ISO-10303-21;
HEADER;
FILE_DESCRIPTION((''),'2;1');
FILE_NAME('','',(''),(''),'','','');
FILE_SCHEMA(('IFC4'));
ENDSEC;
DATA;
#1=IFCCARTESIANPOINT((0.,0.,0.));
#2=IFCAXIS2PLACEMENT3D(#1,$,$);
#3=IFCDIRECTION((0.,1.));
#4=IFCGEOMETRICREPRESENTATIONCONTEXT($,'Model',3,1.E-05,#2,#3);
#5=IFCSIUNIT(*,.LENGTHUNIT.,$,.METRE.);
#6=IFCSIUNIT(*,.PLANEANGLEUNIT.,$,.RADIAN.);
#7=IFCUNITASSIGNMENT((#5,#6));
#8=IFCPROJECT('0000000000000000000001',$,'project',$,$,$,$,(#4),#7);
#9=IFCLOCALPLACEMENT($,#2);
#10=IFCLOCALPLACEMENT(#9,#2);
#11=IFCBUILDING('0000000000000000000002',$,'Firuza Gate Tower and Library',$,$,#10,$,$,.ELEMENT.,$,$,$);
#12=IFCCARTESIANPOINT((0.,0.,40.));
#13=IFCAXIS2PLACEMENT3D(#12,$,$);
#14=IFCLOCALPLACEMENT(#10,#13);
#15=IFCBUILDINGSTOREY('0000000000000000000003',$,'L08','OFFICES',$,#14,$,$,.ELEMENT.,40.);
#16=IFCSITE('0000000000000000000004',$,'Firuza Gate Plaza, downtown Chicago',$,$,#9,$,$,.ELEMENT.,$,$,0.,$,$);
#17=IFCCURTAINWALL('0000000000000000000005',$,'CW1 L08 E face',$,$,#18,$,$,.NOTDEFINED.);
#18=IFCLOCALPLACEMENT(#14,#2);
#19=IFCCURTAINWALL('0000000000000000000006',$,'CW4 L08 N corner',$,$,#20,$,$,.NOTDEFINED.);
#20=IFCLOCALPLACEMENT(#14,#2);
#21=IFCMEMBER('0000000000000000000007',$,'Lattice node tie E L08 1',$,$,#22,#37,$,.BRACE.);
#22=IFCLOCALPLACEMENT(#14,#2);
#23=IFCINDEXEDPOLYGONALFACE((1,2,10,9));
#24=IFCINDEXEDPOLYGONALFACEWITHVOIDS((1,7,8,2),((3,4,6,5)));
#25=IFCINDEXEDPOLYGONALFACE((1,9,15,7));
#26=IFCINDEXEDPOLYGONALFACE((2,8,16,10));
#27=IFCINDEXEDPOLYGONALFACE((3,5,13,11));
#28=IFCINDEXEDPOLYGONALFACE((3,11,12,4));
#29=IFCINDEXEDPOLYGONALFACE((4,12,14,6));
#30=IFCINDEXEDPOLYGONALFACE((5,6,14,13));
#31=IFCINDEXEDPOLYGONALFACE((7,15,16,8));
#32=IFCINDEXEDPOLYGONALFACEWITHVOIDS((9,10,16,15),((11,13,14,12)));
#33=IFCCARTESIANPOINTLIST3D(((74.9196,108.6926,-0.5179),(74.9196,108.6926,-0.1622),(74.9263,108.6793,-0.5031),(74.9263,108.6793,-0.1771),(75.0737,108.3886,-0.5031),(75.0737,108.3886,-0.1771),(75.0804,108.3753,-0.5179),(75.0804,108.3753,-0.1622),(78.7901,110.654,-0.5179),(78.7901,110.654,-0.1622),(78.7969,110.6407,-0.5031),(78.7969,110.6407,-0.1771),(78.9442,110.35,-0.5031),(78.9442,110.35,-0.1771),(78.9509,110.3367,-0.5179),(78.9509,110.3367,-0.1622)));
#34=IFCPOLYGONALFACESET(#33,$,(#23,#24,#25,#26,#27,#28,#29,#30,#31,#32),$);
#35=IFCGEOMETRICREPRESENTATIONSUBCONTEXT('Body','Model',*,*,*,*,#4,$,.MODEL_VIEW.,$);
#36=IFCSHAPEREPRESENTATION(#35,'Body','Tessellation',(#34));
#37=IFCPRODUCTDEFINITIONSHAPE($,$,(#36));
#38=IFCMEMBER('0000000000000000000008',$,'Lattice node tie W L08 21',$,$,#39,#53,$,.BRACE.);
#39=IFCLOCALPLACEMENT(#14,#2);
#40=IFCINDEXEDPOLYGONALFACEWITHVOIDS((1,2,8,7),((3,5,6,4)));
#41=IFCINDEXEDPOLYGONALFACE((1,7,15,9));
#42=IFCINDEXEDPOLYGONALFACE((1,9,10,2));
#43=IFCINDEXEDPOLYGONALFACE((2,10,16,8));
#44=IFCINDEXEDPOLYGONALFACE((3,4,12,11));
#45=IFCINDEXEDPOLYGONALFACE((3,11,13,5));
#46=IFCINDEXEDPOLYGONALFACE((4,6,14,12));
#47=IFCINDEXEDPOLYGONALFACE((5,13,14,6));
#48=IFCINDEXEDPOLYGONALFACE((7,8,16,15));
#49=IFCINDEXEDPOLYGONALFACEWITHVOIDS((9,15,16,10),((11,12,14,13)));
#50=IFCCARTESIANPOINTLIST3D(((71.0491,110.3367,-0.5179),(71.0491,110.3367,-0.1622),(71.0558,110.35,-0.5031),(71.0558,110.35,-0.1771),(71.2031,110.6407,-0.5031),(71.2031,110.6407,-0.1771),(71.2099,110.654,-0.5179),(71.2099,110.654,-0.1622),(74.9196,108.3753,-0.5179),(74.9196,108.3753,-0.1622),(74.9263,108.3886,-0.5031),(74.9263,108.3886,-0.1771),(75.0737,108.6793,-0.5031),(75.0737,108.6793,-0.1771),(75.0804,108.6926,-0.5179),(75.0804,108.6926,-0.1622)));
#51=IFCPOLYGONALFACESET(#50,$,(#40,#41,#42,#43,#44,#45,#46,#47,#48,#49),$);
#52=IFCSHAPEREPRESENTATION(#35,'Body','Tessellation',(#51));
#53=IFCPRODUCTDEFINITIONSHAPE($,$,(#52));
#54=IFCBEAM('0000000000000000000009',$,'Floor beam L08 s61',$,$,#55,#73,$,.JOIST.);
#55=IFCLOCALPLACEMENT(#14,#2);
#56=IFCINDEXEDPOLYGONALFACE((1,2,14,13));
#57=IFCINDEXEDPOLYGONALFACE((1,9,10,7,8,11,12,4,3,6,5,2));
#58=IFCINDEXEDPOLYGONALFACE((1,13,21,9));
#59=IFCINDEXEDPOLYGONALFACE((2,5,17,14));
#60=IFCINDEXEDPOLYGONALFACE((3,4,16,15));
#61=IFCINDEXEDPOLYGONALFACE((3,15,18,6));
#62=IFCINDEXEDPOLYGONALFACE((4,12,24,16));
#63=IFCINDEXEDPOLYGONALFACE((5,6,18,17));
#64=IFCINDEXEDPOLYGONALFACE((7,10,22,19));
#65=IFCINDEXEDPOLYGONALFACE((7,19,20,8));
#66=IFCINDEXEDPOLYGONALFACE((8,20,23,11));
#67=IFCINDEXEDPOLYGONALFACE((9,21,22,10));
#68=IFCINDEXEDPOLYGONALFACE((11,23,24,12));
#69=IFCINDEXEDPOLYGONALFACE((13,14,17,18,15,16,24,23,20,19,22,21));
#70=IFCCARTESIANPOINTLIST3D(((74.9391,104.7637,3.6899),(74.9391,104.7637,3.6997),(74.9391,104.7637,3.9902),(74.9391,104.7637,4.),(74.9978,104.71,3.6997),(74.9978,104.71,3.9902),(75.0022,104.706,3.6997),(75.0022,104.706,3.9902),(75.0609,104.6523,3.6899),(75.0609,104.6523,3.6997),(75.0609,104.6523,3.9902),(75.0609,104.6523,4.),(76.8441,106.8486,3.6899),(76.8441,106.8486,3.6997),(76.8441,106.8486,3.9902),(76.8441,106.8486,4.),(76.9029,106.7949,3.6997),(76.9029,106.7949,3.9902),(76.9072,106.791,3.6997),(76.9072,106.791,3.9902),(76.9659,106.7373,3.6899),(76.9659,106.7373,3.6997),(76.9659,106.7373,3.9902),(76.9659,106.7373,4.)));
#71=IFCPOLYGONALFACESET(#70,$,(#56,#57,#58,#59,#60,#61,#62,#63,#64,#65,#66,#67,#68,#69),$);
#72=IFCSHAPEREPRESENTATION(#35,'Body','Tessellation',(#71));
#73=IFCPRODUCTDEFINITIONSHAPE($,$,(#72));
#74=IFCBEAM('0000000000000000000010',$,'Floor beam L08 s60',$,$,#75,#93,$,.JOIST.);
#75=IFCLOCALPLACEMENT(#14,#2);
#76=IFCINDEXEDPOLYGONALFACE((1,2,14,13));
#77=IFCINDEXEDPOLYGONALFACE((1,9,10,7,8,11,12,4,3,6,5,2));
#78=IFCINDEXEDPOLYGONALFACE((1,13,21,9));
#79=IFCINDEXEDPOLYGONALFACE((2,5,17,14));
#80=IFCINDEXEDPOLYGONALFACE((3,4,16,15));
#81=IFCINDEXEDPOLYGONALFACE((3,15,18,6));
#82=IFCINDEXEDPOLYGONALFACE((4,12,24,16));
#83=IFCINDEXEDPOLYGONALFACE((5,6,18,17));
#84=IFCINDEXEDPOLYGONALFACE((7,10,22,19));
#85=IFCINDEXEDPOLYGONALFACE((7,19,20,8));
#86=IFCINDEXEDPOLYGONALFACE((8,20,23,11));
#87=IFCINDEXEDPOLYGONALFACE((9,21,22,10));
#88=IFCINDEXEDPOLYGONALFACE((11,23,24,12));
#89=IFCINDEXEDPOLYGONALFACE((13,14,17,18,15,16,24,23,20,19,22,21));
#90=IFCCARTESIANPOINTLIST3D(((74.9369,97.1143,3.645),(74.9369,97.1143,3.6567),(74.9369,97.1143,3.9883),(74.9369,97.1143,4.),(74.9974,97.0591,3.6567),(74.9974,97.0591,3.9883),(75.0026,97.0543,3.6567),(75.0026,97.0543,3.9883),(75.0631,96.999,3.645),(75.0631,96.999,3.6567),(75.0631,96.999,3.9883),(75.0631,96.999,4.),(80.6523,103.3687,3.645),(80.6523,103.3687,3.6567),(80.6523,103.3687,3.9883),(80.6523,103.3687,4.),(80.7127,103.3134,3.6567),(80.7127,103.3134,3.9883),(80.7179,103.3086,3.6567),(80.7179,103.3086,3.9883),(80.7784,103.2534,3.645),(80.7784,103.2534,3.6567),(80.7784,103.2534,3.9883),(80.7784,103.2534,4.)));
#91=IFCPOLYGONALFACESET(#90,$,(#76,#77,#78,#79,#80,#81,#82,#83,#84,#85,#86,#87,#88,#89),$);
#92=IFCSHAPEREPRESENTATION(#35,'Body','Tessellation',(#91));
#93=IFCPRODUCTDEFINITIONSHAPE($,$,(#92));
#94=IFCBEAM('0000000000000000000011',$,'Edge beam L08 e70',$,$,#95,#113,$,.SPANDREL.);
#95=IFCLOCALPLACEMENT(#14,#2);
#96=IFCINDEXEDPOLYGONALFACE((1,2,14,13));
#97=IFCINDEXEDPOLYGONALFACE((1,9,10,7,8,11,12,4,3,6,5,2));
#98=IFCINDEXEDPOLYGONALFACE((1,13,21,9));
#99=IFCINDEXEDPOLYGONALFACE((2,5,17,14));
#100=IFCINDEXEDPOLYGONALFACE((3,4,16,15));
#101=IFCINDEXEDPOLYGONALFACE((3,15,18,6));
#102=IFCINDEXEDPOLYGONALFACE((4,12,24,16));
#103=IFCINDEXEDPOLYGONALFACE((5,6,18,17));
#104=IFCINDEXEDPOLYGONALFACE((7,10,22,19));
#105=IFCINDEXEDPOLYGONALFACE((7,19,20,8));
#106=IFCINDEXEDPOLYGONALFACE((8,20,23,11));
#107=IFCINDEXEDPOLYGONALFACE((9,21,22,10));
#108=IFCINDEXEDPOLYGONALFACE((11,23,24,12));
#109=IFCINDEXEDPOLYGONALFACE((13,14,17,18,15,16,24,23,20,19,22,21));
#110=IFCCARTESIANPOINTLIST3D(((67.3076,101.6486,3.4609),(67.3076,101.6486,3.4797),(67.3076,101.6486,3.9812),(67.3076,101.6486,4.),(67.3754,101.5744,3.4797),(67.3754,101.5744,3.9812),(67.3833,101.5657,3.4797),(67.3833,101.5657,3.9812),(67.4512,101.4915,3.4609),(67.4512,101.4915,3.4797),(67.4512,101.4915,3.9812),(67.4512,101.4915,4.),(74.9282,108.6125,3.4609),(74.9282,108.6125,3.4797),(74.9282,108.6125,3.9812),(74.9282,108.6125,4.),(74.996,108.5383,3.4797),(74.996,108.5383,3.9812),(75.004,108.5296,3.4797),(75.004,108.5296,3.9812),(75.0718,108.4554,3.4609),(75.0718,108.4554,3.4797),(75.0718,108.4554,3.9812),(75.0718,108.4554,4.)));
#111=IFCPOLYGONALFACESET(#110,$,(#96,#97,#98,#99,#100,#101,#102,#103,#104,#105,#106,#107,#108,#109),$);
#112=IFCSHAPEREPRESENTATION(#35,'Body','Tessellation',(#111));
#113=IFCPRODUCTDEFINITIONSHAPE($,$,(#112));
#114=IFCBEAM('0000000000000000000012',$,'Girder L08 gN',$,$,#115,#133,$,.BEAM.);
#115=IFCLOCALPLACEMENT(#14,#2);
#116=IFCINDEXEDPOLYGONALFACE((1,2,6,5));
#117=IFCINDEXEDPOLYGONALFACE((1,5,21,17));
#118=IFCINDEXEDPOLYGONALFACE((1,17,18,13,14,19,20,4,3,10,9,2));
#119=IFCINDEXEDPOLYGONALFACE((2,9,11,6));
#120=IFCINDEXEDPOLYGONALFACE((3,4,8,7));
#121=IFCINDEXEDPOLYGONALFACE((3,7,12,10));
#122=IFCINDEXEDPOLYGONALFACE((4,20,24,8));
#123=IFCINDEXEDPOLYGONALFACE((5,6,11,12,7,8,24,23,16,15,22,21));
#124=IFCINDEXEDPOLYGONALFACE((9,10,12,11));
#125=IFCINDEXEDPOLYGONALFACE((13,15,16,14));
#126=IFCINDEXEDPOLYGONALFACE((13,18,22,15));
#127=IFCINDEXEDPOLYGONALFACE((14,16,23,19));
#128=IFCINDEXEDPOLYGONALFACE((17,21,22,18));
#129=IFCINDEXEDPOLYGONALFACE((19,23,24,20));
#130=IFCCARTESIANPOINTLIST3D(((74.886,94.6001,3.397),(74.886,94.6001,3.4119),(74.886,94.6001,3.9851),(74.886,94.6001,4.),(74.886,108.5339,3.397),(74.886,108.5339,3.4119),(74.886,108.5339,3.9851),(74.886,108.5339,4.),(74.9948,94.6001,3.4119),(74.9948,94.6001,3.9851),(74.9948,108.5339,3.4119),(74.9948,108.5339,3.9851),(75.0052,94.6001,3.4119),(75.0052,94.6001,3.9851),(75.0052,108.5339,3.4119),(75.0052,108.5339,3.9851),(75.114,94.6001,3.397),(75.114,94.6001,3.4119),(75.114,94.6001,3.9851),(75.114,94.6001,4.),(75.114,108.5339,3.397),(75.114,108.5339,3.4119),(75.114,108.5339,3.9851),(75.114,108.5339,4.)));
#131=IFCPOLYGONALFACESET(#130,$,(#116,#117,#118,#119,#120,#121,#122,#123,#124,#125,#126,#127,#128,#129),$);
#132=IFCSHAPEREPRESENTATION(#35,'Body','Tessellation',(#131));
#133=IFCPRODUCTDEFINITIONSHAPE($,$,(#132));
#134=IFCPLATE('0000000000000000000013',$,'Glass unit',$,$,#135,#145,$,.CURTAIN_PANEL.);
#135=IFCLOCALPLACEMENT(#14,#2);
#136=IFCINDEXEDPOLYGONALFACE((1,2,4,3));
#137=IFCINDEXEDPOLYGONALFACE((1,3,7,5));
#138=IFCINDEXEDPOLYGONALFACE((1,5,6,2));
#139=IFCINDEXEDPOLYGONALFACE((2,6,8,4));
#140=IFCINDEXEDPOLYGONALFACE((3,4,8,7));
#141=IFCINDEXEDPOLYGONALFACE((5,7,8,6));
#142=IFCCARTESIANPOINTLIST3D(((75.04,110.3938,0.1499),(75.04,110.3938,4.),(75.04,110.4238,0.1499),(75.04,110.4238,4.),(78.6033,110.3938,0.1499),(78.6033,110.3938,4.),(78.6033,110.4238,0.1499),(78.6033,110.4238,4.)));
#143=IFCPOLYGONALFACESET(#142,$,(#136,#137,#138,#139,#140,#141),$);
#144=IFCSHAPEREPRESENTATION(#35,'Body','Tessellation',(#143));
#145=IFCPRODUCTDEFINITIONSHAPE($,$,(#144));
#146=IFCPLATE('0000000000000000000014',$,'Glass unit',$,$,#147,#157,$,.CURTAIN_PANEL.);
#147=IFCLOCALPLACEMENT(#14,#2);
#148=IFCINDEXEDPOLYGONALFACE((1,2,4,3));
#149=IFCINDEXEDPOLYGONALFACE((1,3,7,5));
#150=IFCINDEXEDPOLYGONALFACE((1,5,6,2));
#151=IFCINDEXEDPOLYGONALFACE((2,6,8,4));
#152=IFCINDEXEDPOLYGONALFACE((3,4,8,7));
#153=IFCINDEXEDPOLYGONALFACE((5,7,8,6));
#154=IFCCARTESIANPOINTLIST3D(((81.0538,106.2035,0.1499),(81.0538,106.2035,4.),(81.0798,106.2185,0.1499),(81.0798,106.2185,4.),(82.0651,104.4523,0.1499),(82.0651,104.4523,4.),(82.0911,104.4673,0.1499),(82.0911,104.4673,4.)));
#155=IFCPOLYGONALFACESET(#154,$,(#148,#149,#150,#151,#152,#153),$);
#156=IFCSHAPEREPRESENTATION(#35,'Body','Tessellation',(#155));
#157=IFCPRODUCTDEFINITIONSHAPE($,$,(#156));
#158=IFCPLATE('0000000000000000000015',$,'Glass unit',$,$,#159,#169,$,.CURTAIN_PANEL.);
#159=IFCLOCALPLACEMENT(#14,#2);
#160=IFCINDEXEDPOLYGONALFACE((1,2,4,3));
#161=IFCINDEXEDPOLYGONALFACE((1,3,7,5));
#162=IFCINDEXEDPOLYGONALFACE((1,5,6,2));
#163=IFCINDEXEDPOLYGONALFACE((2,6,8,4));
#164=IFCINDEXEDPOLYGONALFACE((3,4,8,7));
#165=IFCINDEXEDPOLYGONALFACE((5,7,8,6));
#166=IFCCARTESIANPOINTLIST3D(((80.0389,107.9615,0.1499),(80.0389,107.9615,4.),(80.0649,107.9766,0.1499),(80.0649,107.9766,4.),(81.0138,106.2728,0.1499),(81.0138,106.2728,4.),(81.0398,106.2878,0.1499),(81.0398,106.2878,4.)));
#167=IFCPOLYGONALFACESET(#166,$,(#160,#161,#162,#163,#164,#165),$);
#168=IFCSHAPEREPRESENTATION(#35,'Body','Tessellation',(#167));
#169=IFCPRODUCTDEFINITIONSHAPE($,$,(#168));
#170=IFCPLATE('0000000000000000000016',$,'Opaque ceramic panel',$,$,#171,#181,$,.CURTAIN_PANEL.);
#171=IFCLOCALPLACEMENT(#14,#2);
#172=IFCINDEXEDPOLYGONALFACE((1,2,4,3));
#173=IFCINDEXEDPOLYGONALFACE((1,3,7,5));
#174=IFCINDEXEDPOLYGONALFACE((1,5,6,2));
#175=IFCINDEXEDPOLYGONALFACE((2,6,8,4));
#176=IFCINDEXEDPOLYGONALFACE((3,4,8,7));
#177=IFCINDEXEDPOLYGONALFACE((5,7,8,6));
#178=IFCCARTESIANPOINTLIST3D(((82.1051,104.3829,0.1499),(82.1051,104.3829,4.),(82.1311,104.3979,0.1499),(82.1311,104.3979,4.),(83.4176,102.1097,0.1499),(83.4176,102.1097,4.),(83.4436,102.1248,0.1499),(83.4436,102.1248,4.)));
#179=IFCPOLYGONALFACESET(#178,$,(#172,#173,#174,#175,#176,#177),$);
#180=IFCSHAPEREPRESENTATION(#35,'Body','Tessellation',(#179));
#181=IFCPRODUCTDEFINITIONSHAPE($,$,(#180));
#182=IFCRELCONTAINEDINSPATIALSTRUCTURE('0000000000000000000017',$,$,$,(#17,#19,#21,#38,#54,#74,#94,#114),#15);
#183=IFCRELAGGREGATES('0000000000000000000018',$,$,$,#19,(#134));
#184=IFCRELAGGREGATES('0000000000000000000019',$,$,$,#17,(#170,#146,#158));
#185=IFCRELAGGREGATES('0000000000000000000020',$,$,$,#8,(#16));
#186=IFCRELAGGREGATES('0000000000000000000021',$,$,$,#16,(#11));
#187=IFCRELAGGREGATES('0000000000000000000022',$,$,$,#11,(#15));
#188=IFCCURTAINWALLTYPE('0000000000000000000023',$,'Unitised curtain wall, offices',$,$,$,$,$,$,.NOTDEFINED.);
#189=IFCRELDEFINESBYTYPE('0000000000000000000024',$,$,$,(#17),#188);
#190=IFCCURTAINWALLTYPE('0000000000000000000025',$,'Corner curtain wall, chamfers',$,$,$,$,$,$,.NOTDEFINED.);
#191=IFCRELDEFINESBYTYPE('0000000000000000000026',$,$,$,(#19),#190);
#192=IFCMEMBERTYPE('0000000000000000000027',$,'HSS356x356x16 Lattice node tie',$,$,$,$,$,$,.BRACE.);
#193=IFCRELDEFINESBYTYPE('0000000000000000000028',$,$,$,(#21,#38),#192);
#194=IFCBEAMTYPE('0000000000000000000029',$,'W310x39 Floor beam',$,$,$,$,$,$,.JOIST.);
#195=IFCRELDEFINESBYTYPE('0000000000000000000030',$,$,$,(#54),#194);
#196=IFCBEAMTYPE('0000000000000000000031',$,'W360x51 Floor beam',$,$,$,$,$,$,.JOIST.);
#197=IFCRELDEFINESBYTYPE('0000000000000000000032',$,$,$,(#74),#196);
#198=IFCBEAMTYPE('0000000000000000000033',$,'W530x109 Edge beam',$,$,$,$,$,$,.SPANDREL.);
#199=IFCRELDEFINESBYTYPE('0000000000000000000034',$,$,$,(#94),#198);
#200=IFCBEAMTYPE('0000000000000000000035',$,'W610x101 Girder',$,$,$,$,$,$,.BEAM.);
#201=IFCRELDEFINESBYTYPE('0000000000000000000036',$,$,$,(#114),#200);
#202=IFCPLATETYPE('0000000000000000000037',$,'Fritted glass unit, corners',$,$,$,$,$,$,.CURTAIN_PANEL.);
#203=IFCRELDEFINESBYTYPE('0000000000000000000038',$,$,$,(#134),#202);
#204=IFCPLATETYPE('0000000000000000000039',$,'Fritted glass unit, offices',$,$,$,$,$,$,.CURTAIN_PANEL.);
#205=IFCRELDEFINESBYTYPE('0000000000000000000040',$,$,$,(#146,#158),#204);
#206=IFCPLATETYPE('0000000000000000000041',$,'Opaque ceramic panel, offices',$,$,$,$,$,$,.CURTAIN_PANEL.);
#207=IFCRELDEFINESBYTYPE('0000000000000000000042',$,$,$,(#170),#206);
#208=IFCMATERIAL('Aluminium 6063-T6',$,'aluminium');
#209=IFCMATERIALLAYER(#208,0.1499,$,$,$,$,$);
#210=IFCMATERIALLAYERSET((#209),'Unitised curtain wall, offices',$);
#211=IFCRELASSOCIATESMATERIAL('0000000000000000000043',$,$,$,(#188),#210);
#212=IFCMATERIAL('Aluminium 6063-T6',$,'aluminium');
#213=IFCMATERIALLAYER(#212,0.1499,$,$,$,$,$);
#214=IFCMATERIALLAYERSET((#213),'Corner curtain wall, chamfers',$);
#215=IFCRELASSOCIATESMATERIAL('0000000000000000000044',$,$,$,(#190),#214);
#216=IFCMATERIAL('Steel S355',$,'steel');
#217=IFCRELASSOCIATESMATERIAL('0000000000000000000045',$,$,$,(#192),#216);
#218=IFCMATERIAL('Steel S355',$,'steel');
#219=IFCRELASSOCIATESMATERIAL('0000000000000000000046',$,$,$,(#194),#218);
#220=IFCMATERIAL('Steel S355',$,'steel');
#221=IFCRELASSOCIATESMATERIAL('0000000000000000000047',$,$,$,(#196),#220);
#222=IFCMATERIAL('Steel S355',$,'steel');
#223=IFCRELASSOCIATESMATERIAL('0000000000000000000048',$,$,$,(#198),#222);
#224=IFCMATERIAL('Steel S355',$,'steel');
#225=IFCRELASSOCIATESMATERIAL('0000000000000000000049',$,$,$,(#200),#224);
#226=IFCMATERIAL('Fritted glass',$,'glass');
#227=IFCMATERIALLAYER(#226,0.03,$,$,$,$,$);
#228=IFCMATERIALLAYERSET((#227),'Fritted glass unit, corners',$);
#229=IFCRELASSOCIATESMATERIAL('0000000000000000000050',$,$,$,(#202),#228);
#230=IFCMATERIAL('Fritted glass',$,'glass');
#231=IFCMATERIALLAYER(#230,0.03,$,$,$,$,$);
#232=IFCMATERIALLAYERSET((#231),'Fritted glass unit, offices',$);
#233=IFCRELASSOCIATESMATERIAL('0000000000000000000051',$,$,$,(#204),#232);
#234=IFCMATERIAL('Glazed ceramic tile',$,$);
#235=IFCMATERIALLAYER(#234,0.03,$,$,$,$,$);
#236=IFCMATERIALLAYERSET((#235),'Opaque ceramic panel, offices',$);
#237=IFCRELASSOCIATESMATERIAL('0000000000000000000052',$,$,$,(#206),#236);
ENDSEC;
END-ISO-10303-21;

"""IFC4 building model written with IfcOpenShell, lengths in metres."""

from ifc_helpers import new_model, si_unit, direction, frame, origin, origin_2d, place, context, subcontext, project, spatial, polyline, hollow_rectangle, i_section, outline, extrude, material, layer, layer_set, material_profile, profile_set, type_object, element, aggregate, save


model = new_model("IFC4")

# Units and contexts
model_context = context("Model", 3, precision=1e-05, world=origin(), true_north=direction((0.0, 1.0)))
body_context = subcontext(model_context, "Body", "Model", "MODEL_VIEW")
ifc_project = project(units=[si_unit("LENGTHUNIT", "METRE"), si_unit("PLANEANGLEUNIT", "RADIAN")], contexts=[model_context])

# Site, building, storey
site_placement = place(None, origin())
site = spatial("IfcSite", under=ifc_project, at=site_placement, Name="Firuza Gate Plaza, downtown Chicago", CompositionType="ELEMENT", RefElevation=0.0)
building_placement = place(site_placement, origin())
building = spatial("IfcBuilding", under=site, at=building_placement, Name="Firuza Gate Tower and Library", CompositionType="ELEMENT")
storey_placement = place(building_placement, frame((0.0, 0.0, 40.0)))
storey = spatial("IfcBuildingStorey", under=building, at=storey_placement, Name="L08", Description="OFFICES", CompositionType="ELEMENT", Elevation=40.0)

# Curtain walls
ifc_material_1 = material(Name="Aluminium 6063-T6", Category="aluminium")
ifc_layer_1 = layer(ifc_material_1, 0.1499)
ifc_layer_set_1 = layer_set([ifc_layer_1], Name="Unitised curtain wall, offices")
curtain_wall_type_1 = type_object("IfcCurtainWallType", Name="Unitised curtain wall, offices", PredefinedType="NOTDEFINED", material=ifc_layer_set_1)
placement = place(storey_placement, origin())
curtain_wall_1 = element("IfcCurtainWall", 1, at=placement, inside=storey, type_object=curtain_wall_type_1, Name="CW1 L08 E face", PredefinedType="NOTDEFINED")
ifc_material_2 = material(Name="Aluminium 6063-T6", Category="aluminium")
ifc_layer_2 = layer(ifc_material_2, 0.1499)
ifc_layer_set_2 = layer_set([ifc_layer_2], Name="Corner curtain wall, chamfers")
curtain_wall_type_2 = type_object("IfcCurtainWallType", Name="Corner curtain wall, chamfers", PredefinedType="NOTDEFINED", material=ifc_layer_set_2)
curtain_wall_2 = element("IfcCurtainWall", 2, at=placement, inside=storey, type_object=curtain_wall_type_2, Name="CW4 L08 N corner", PredefinedType="NOTDEFINED")

# Members
ifc_material_3 = material(Name="Steel S355", Category="steel")
ifc_material_profile_1 = material_profile(ifc_material_3, hollow_rectangle(XDim=0.3557, YDim=0.3557, WallThickness=0.0149, at=origin_2d()))
ifc_profile_set_1 = profile_set([ifc_material_profile_1], Name="Steel S355")
member_type_1 = type_object("IfcMemberType", Name="HSS356x356x16 Lattice node tie", PredefinedType="BRACE", material=ifc_profile_set_1)
for number, where, z_axis, x_axis, name in (
    (3, (75.0, 108.5339, -0.3401), (0.892006, 0.452023, 0.0), (-0.452023, 0.892006, 0.0), "Lattice node tie E L08 1"),
    (4, (75.0, 108.5339, -0.3401), (-0.892006, 0.452023, 0.0), (-0.452023, -0.892006, 0.0), "Lattice node tie W L08 21"),
):
    element("IfcMember", number, at=place(storey_placement, frame(where, z_axis=z_axis, x_axis=x_axis)), inside=storey, type_object=member_type_1, Name=name, PredefinedType="BRACE", context=body_context, shape_type="SweptSolid", body=[
        extrude(hollow_rectangle(XDim=0.3557, YDim=0.3557, WallThickness=0.0149, at=origin_2d()), origin(), (0.0, 0.0, 1.0), 4.3391),
    ])

# Beams
ifc_material_4 = material(Name="Steel S355", Category="steel")
ifc_material_profile_2 = material_profile(ifc_material_4, i_section(OverallWidth=0.165, OverallDepth=0.3101, WebThickness=0.0059, FlangeThickness=0.0098, at=origin_2d()))
ifc_profile_set_2 = profile_set([ifc_material_profile_2], Name="Steel S355")
beam_type_1 = type_object("IfcBeamType", Name="W310x39 Floor beam", PredefinedType="JOIST", material=ifc_profile_set_2)
beam_1_placement = place(storey_placement, frame((76.905, 106.793, 3.845), z_axis=(-0.674534, -0.738244, 0.0), x_axis=(0.738244, -0.674534, 0.0)))
element("IfcBeam", 5, at=beam_1_placement, inside=storey, type_object=beam_type_1, Name="Floor beam L08 s61", PredefinedType="JOIST", context=body_context, shape_type="SweptSolid", body=[
    extrude(i_section(OverallWidth=0.165, OverallDepth=0.3101, WebThickness=0.0059, FlangeThickness=0.0098, at=origin_2d()), origin(), (0.0, 0.0, 1.0), 2.8242),
])
ifc_material_5 = material(Name="Steel S355", Category="steel")
ifc_material_profile_3 = material_profile(ifc_material_5, i_section(OverallWidth=0.1709, OverallDepth=0.355, WebThickness=0.0071, FlangeThickness=0.0117, at=origin_2d()))
ifc_profile_set_3 = profile_set([ifc_material_profile_3], Name="Steel S355")
beam_type_2 = type_object("IfcBeamType", Name="W360x51 Floor beam", PredefinedType="JOIST", material=ifc_profile_set_3)
beam_2_placement = place(storey_placement, frame((80.7153, 103.311, 3.8225), z_axis=(-0.674578, -0.738203, 0.0), x_axis=(0.738203, -0.674578, 0.0)))
element("IfcBeam", 6, at=beam_2_placement, inside=storey, type_object=beam_type_2, Name="Floor beam L08 s60", PredefinedType="JOIST", context=body_context, shape_type="SweptSolid", body=[
    extrude(i_section(OverallWidth=0.1709, OverallDepth=0.355, WebThickness=0.0071, FlangeThickness=0.0117, at=origin_2d()), origin(), (0.0, 0.0, 1.0), 8.4724),
])
ifc_material_6 = material(Name="Steel S355", Category="steel")
ifc_material_profile_4 = material_profile(ifc_material_6, i_section(OverallWidth=0.2129, OverallDepth=0.5391, WebThickness=0.0117, FlangeThickness=0.0188, at=origin_2d()))
ifc_profile_set_4 = profile_set([ifc_material_profile_4], Name="Steel S355")
beam_type_3 = type_object("IfcBeamType", Name="W530x109 Edge beam", PredefinedType="SPANDREL", material=ifc_profile_set_4)
beam_3_placement = place(storey_placement, frame((75.0, 108.5339, 3.7305), z_axis=(-0.7382, -0.674582, 0.0), x_axis=(0.674582, -0.7382, 0.0)))
element("IfcBeam", 7, at=beam_3_placement, inside=storey, type_object=beam_type_3, Name="Edge beam L08 e70", PredefinedType="SPANDREL", context=body_context, shape_type="SweptSolid", body=[
    extrude(i_section(OverallWidth=0.2129, OverallDepth=0.5391, WebThickness=0.0117, FlangeThickness=0.0188, at=origin_2d()), origin(), (0.0, 0.0, 1.0), 10.3232),
])
ifc_material_7 = material(Name="Steel S355", Category="steel")
ifc_material_profile_5 = material_profile(ifc_material_7, i_section(OverallWidth=0.228, OverallDepth=0.603, WebThickness=0.0105, FlangeThickness=0.0149, at=origin_2d()))
ifc_profile_set_5 = profile_set([ifc_material_profile_5], Name="Steel S355")
beam_type_4 = type_object("IfcBeamType", Name="W610x101 Girder", PredefinedType="BEAM", material=ifc_profile_set_5)
beam_4_placement = place(storey_placement, frame((75.0, 108.5339, 3.6985), z_axis=(0.0, -1.0, 0.0), x_axis=(1.0, 0.0, 0.0)))
element("IfcBeam", 8, at=beam_4_placement, inside=storey, type_object=beam_type_4, Name="Girder L08 gN", PredefinedType="BEAM", context=body_context, shape_type="SweptSolid", body=[
    extrude(i_section(OverallWidth=0.228, OverallDepth=0.603, WebThickness=0.0105, FlangeThickness=0.0149, at=origin_2d()), origin(), (0.0, 0.0, 1.0), 13.9338),
])

# Plates
ifc_material_8 = material(Name="Fritted glass", Category="glass")
ifc_layer_3 = layer(ifc_material_8, 0.03)
ifc_layer_set_3 = layer_set([ifc_layer_3], Name="Fritted glass unit, corners")
plate_type_1 = type_object("IfcPlateType", Name="Fritted glass unit, corners", PredefinedType="CURTAIN_PANEL", material=ifc_layer_set_3)
plate_1_placement = place(storey_placement, frame((78.6033, 110.4238, 0.1499), z_axis=(0.0, 1.0, 0.0), x_axis=(-1.0, 0.0, 0.0)))
plate_1 = element("IfcPlate", 9, at=plate_1_placement, type_object=plate_type_1, Name="Glass unit", PredefinedType="CURTAIN_PANEL", context=body_context, shape_type="SweptSolid", body=[
    extrude(outline(polyline([(0.0, 0.0), (3.5632, 0.0), (3.5632, 3.8501), (0.0, 3.8501), (0.0, 0.0)])), origin(), (0.0, 0.0, -1.0), 0.03),
])
aggregate(curtain_wall_2, [plate_1])
ifc_material_9 = material(Name="Fritted glass", Category="glass")
ifc_layer_4 = layer(ifc_material_9, 0.03)
ifc_layer_set_4 = layer_set([ifc_layer_4], Name="Fritted glass unit, offices")
plate_type_2 = type_object("IfcPlateType", Name="Fritted glass unit, offices", PredefinedType="CURTAIN_PANEL", material=ifc_layer_set_4)
plate_2_placement = place(storey_placement, frame((82.0911, 104.4673, 0.1499), z_axis=(0.865991, 0.50006, 0.0), x_axis=(-0.50006, 0.865991, 0.0)))
plate_2 = element("IfcPlate", 10, at=plate_2_placement, type_object=plate_type_2, Name="Glass unit", PredefinedType="CURTAIN_PANEL", context=body_context, shape_type="SweptSolid", body=[
    extrude(outline(polyline([(0.0, 0.0), (2.0222, 0.0), (2.0222, 3.8501), (0.0, 3.8501), (0.0, 0.0)])), origin(), (0.0, 0.0, -1.0), 0.03),
])
plate_3_placement = place(storey_placement, frame((81.0398, 106.2878, 0.1499), z_axis=(0.866054, 0.49995, 0.0), x_axis=(-0.49995, 0.866054, 0.0)))
plate_3 = element("IfcPlate", 11, at=plate_3_placement, type_object=plate_type_2, Name="Glass unit", PredefinedType="CURTAIN_PANEL", context=body_context, shape_type="SweptSolid", body=[
    extrude(outline(polyline([(0.0, 0.0), (1.9499, 0.0), (1.9499, 3.8501), (0.0, 3.8501), (0.0, 0.0)])), origin(), (0.0, 0.0, -1.0), 0.03),
])
ifc_material_10 = material(Name="Glazed ceramic tile")
ifc_layer_5 = layer(ifc_material_10, 0.03)
ifc_layer_set_5 = layer_set([ifc_layer_5], Name="Opaque ceramic panel, offices")
plate_type_3 = type_object("IfcPlateType", Name="Opaque ceramic panel, offices", PredefinedType="CURTAIN_PANEL", material=ifc_layer_set_5)
plate_4_placement = place(storey_placement, frame((83.4436, 102.1248, 0.1499), z_axis=(0.866014, 0.50002, 0.0), x_axis=(-0.50002, 0.866014, 0.0)))
plate_4 = element("IfcPlate", 12, at=plate_4_placement, type_object=plate_type_3, Name="Opaque ceramic panel", PredefinedType="CURTAIN_PANEL", context=body_context, shape_type="SweptSolid", body=[
    extrude(outline(polyline([(0.0, 0.0), (2.6249, 0.0), (2.6249, 3.8501), (0.0, 3.8501), (0.0, 0.0)])), origin(), (0.0, 0.0, -1.0), 0.03),
])
aggregate(curtain_wall_1, [plate_4, plate_2, plate_3])

save(model, "model.ifc")
